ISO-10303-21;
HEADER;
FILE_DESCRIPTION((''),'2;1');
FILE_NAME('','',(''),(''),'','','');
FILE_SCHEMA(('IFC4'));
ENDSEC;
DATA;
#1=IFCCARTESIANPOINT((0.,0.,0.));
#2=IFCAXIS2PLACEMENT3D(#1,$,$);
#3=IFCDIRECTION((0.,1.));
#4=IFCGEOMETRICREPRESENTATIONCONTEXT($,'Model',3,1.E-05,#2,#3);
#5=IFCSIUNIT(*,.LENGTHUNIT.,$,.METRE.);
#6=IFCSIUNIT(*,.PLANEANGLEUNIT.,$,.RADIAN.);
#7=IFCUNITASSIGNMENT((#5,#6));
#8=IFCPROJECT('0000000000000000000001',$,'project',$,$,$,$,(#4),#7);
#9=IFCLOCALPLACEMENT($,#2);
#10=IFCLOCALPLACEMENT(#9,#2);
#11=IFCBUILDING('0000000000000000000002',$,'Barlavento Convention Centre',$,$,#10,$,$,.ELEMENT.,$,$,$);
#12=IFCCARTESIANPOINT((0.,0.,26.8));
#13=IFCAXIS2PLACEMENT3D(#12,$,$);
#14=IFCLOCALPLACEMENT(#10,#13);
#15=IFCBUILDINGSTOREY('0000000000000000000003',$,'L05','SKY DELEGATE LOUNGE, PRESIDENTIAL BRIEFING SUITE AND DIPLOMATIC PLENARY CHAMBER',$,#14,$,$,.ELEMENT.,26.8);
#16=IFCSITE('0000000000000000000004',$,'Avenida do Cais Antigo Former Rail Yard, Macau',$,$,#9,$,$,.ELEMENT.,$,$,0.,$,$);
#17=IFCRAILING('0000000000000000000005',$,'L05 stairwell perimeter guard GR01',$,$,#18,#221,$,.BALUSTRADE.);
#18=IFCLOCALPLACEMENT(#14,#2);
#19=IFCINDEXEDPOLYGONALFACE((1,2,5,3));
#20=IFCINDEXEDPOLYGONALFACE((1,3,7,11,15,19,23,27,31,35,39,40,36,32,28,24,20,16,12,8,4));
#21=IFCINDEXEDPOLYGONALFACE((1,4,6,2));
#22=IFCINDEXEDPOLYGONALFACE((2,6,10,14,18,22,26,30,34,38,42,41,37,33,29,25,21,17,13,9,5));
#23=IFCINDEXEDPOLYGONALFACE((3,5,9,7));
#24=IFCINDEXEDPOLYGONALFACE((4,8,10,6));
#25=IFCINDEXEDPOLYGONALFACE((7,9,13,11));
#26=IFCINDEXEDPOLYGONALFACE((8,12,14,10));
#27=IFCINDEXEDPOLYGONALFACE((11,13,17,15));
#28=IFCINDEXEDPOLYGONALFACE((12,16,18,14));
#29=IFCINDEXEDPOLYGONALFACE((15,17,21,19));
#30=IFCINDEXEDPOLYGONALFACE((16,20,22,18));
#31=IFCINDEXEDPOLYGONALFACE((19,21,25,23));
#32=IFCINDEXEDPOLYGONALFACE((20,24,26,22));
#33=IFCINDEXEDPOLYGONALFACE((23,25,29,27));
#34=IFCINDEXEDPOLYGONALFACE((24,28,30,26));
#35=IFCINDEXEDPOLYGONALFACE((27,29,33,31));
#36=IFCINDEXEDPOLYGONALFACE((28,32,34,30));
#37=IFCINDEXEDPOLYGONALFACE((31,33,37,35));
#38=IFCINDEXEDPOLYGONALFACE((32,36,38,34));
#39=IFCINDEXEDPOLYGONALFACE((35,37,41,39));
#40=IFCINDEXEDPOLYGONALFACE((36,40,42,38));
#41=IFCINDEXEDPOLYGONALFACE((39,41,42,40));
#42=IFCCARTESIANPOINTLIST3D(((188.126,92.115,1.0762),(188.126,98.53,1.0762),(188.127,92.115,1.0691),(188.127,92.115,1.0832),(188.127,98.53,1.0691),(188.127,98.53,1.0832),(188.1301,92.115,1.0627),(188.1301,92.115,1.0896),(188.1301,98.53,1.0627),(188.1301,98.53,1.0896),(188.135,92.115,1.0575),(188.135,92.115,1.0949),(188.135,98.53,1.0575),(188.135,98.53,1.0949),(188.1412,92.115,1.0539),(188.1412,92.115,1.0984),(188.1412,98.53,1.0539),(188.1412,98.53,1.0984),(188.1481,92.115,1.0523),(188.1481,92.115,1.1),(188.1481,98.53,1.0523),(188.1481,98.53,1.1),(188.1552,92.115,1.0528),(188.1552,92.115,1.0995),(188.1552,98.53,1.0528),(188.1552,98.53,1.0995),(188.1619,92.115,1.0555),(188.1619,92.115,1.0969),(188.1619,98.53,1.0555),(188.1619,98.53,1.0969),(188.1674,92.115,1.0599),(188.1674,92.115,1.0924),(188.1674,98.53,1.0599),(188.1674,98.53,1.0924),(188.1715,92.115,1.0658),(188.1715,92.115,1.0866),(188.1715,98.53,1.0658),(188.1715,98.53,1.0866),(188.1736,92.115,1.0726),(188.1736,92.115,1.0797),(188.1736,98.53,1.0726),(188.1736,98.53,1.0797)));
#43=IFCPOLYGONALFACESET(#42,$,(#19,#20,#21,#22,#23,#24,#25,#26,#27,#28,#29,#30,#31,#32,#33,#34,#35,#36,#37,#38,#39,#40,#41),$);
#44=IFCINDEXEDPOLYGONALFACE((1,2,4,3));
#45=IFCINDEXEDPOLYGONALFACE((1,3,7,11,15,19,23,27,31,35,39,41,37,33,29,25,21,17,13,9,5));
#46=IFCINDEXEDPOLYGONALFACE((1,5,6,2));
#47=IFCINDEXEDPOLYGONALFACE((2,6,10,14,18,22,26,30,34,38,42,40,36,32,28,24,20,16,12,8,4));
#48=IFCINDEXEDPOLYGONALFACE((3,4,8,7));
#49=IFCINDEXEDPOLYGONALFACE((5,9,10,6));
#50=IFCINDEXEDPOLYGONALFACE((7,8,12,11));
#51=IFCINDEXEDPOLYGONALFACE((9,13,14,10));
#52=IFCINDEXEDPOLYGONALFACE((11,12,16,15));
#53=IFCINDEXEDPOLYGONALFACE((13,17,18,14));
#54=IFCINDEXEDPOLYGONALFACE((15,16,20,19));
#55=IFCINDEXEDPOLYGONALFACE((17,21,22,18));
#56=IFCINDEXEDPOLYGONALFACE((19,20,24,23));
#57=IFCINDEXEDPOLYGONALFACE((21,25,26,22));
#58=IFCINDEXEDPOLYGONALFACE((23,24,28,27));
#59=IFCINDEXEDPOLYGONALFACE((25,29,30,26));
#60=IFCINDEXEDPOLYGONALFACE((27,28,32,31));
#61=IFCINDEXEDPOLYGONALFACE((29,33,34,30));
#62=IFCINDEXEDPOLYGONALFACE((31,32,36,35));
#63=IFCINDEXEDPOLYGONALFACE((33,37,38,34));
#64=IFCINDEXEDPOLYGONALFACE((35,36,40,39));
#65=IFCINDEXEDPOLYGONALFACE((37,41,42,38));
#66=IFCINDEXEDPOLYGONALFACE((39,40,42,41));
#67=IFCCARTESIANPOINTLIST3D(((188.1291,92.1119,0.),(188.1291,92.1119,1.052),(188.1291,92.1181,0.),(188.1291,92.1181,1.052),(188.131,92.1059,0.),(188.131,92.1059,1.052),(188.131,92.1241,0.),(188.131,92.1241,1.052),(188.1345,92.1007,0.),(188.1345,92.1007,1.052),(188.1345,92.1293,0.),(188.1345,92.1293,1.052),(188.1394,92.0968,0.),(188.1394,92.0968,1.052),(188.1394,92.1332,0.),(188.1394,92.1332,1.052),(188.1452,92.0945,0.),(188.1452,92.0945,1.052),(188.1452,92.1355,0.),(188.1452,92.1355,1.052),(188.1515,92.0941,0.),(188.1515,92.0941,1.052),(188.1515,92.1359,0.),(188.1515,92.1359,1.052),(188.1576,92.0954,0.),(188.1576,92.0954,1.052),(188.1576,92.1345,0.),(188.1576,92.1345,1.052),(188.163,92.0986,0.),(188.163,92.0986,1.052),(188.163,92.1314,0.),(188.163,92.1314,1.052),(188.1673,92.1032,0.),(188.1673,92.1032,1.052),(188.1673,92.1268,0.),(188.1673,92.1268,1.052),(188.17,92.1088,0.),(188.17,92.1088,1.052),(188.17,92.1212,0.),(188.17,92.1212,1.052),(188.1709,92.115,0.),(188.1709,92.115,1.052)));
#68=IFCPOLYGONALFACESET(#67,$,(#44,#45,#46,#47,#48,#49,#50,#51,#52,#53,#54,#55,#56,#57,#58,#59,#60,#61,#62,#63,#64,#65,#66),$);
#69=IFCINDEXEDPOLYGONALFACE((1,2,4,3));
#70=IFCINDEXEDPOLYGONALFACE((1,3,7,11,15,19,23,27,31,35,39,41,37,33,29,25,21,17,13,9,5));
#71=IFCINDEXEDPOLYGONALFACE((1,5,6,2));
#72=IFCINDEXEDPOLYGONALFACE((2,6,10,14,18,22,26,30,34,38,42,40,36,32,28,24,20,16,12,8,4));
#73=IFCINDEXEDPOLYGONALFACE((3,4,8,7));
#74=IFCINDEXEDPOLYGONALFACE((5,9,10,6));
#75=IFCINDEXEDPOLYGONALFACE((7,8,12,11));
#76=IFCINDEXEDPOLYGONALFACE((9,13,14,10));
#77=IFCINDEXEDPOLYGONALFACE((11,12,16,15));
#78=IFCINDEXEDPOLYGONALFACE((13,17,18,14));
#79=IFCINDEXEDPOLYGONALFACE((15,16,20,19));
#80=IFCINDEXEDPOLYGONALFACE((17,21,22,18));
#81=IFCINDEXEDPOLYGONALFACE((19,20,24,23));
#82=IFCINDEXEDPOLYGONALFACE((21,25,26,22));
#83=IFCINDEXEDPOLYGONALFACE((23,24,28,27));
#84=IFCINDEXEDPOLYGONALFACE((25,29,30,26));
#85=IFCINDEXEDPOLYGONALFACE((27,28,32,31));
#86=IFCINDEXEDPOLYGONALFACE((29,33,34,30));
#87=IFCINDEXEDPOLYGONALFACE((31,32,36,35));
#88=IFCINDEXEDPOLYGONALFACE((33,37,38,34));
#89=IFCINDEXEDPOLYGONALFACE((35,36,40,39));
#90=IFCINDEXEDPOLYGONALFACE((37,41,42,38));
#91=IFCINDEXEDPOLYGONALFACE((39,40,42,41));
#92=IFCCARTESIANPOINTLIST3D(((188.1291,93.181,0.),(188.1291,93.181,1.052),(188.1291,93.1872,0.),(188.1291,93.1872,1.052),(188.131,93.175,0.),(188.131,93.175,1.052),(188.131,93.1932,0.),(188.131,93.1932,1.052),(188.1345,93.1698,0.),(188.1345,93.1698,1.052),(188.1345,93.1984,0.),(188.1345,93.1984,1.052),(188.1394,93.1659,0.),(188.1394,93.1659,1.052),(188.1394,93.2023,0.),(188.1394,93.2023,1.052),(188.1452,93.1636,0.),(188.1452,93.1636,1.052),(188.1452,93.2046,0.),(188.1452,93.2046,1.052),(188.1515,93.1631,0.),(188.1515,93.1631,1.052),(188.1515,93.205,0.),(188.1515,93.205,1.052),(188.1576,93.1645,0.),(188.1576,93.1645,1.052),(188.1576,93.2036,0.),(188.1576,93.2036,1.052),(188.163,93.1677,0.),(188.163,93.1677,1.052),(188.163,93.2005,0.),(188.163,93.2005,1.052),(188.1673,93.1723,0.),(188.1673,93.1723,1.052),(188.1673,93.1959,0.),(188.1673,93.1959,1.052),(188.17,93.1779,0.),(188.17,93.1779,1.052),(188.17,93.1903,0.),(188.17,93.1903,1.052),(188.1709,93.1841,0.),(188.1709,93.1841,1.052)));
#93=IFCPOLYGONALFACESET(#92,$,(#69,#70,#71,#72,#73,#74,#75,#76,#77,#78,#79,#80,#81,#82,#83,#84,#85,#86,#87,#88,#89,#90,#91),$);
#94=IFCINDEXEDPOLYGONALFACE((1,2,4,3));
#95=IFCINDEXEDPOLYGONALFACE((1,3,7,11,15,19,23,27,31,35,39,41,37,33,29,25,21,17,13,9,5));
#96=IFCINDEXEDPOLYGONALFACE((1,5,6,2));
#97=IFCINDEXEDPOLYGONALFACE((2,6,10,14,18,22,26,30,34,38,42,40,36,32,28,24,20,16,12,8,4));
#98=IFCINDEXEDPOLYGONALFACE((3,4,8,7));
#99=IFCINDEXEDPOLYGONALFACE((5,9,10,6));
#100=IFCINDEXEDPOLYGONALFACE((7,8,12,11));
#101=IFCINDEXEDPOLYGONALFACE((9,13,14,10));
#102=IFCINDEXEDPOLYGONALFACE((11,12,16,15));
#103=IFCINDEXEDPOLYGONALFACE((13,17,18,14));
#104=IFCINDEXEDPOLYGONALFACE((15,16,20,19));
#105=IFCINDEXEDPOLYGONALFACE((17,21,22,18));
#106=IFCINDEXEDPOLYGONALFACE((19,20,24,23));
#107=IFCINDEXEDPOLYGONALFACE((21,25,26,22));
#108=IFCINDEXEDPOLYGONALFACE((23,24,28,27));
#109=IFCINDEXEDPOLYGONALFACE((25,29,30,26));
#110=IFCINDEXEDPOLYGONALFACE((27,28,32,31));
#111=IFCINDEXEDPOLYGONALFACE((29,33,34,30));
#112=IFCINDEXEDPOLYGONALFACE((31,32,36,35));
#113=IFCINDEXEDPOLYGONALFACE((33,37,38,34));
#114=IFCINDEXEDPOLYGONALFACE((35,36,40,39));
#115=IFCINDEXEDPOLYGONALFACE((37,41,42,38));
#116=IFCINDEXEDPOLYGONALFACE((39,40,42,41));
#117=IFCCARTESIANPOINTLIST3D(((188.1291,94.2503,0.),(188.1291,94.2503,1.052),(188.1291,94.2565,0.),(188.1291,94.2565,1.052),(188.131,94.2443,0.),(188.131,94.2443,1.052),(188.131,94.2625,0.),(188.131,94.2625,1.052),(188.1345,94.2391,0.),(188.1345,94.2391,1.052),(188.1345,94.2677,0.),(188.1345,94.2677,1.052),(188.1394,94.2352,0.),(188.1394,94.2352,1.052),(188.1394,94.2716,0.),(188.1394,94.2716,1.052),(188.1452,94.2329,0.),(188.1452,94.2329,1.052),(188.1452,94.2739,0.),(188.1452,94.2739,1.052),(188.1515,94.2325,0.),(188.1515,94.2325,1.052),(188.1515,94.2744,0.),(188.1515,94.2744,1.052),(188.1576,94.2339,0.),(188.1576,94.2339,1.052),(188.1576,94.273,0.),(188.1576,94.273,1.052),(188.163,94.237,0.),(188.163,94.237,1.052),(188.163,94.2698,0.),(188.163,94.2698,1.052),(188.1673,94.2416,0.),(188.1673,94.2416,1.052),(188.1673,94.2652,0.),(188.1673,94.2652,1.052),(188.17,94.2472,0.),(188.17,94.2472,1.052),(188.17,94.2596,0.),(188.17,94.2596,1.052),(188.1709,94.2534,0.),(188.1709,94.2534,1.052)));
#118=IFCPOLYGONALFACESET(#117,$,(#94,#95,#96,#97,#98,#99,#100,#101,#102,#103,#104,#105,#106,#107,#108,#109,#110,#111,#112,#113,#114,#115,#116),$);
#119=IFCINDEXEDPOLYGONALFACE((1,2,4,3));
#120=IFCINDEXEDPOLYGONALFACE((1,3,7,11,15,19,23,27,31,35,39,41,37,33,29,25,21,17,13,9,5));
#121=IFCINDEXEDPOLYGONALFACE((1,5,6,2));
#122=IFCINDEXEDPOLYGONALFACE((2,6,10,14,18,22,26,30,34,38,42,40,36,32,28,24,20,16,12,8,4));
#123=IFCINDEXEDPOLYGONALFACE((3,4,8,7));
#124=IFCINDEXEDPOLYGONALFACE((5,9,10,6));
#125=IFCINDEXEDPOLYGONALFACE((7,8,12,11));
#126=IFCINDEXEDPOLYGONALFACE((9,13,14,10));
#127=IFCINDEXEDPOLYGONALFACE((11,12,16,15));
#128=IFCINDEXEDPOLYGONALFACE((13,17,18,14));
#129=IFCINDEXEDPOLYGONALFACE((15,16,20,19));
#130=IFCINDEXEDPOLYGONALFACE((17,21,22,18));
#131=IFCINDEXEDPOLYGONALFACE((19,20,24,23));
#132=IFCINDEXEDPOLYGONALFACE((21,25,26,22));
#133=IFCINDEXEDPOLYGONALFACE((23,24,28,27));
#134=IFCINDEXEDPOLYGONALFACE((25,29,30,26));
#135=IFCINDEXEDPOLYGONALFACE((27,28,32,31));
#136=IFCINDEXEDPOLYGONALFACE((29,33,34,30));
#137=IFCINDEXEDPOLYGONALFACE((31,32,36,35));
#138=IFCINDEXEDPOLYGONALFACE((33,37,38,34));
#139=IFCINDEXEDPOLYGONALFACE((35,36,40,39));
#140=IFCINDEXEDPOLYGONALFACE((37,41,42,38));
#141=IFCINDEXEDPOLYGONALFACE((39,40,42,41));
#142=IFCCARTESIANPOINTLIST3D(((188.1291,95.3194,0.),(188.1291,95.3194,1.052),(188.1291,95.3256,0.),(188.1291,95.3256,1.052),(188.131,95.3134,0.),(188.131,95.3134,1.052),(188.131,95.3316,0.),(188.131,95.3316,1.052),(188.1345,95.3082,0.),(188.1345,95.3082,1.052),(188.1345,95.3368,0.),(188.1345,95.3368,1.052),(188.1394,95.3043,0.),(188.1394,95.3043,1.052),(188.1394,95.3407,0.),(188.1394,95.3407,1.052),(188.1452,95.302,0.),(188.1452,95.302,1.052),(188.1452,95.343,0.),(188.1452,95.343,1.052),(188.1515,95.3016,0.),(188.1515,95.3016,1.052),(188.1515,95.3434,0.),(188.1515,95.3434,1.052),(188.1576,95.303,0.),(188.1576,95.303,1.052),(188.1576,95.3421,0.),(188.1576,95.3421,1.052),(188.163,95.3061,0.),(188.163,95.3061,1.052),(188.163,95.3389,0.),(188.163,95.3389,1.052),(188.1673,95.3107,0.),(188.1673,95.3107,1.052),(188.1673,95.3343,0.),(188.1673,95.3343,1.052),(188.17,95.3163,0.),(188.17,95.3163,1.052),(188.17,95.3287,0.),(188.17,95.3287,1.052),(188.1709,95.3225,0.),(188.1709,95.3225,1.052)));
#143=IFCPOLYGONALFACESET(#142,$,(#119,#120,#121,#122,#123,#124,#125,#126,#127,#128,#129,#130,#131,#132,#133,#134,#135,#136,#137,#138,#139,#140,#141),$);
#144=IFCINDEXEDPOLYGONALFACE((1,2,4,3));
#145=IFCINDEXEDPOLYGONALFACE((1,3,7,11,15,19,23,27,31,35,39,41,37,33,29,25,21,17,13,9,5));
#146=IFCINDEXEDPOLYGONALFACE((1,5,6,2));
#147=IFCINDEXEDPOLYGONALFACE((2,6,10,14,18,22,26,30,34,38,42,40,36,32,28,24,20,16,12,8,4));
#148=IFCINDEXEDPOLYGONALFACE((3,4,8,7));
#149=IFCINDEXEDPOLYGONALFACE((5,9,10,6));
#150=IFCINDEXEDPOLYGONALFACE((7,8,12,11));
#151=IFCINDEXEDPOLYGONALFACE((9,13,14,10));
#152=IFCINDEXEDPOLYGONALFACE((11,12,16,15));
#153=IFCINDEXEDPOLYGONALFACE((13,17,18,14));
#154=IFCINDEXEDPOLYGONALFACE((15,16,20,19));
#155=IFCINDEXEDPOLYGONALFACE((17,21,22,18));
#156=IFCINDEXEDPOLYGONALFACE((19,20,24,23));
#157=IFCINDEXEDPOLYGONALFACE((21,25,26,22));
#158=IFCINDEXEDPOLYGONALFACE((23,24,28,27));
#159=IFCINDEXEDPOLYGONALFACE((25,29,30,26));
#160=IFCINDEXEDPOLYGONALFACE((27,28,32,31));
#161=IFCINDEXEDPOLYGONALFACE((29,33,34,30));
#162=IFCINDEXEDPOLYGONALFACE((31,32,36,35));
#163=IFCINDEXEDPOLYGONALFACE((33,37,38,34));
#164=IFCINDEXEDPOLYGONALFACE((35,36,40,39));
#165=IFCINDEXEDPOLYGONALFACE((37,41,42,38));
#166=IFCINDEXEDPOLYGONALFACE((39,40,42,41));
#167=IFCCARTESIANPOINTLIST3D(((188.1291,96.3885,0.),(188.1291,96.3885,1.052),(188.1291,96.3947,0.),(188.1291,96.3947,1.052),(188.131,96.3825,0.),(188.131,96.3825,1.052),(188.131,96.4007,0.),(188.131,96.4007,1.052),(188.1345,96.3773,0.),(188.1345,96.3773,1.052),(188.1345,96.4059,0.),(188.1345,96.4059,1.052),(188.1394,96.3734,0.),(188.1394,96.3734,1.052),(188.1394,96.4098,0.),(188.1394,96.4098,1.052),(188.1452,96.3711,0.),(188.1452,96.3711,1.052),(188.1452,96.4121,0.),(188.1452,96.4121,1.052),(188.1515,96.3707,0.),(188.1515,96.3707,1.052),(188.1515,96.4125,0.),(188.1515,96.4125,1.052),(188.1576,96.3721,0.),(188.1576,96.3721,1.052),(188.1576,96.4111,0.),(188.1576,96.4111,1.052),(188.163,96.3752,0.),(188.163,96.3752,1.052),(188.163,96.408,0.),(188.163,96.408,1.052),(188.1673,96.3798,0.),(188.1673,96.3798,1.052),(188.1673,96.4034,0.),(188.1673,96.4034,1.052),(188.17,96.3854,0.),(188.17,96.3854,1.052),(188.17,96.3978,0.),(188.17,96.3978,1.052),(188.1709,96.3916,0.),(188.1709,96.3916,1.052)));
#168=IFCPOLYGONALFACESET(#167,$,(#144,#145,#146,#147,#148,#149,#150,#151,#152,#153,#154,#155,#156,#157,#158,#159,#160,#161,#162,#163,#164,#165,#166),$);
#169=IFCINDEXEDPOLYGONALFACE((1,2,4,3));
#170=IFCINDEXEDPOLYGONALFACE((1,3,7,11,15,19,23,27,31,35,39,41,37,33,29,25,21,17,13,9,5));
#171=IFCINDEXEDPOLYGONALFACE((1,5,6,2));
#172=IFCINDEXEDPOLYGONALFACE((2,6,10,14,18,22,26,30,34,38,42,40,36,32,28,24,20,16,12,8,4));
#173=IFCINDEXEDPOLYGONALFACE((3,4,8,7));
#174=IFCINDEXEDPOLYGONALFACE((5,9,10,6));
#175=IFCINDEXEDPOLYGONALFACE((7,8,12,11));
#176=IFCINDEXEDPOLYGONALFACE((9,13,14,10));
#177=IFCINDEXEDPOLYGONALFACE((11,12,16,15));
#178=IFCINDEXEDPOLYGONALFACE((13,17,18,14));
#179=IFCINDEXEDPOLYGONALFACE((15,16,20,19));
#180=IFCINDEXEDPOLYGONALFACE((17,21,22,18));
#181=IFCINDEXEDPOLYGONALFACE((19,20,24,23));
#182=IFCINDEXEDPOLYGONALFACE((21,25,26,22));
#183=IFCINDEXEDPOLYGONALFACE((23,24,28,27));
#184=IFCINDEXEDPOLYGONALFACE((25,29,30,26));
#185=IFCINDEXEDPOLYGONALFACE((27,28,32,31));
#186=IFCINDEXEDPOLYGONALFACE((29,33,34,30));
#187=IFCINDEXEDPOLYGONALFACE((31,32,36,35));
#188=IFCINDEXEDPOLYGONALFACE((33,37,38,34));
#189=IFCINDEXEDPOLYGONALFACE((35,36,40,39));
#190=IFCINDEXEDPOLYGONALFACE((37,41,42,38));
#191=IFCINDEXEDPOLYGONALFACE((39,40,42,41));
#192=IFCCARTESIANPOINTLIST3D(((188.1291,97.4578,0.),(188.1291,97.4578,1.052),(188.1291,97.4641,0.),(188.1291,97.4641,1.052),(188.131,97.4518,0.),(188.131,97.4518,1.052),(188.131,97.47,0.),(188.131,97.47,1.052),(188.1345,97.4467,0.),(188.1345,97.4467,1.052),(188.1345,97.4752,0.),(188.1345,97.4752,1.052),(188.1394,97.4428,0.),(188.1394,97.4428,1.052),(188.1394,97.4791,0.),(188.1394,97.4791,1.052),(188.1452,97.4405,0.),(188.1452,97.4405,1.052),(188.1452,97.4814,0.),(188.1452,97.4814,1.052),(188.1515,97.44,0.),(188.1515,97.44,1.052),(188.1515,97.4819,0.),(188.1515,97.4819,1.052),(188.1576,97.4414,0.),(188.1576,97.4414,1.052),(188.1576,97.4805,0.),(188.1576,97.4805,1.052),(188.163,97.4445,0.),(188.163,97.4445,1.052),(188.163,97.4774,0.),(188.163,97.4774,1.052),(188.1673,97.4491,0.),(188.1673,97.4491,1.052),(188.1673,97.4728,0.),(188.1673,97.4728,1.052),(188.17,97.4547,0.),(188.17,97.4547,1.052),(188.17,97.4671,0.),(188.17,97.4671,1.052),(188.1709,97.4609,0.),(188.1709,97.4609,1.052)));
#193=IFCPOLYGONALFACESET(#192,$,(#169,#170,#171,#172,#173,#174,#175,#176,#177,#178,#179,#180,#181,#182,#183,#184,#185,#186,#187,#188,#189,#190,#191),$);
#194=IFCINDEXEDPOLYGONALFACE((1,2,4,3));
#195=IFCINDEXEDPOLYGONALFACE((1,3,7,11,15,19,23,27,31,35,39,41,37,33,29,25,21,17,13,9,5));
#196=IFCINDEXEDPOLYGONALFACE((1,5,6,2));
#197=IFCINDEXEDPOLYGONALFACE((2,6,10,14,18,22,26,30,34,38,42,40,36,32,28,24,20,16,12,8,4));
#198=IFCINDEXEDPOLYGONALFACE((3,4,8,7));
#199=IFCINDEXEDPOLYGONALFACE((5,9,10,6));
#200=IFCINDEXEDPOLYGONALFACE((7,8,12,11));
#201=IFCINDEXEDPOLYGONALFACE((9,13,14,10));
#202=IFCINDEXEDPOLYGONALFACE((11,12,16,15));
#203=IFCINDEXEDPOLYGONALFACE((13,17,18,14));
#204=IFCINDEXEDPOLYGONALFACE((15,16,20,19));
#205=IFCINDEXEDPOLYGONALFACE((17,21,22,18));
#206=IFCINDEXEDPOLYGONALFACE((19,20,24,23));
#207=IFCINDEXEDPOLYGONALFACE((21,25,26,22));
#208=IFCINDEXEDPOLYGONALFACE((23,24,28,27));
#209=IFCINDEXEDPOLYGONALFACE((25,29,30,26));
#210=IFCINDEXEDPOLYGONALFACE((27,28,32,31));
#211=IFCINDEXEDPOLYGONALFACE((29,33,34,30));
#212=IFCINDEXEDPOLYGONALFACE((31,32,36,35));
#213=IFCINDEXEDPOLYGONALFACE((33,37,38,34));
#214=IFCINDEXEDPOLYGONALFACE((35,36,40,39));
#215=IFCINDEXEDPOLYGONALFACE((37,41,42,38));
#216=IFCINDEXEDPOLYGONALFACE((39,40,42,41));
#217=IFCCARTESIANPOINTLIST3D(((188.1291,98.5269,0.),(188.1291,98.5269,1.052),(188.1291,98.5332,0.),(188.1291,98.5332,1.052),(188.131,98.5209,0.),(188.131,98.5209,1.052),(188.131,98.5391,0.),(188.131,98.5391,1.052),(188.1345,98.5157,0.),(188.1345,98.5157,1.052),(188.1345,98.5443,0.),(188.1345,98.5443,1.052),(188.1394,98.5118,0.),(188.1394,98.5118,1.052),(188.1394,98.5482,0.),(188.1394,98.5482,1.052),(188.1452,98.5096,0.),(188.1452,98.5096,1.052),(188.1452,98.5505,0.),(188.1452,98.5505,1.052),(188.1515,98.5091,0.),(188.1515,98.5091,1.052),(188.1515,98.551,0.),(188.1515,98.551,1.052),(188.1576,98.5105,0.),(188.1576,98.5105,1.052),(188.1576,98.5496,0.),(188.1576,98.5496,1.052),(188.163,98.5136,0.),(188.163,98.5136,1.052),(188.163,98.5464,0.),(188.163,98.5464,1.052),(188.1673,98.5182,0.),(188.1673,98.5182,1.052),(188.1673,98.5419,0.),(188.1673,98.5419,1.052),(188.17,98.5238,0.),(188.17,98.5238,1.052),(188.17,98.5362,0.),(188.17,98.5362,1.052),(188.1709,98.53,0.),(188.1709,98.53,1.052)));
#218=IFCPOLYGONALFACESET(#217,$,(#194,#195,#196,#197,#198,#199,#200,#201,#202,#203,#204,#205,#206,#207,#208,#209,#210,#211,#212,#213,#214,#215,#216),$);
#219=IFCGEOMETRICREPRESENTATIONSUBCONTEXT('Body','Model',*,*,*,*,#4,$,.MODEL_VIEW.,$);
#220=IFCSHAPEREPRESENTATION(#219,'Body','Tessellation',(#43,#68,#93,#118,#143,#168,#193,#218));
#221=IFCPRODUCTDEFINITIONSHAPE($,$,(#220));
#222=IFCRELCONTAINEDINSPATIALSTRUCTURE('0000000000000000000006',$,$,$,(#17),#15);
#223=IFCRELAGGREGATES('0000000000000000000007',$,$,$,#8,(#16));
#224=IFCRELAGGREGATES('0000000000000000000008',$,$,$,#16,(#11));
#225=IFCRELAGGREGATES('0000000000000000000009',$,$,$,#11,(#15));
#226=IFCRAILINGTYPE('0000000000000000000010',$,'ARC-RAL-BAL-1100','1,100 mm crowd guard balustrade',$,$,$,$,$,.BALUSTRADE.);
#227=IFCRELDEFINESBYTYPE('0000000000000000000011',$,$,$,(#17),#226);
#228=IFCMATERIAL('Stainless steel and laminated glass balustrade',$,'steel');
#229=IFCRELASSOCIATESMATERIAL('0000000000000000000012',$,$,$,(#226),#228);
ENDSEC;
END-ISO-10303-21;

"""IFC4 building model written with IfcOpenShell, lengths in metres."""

from ifc_helpers import new_model, si_unit, direction, frame, origin, origin_2d, place, context, subcontext, project, spatial, circle, extrude, material, type_object, element, save


model = new_model("IFC4")

# Units and contexts
model_context = context("Model", 3, precision=1e-05, world=origin(), true_north=direction((0.0, 1.0)))
body_context = subcontext(model_context, "Body", "Model", "MODEL_VIEW")
ifc_project = project(units=[si_unit("LENGTHUNIT", "METRE"), si_unit("PLANEANGLEUNIT", "RADIAN")], contexts=[model_context])

# Site, building, storey
site_placement = place(None, origin())
site = spatial("IfcSite", under=ifc_project, at=site_placement, Name="Avenida do Cais Antigo Former Rail Yard, Macau", CompositionType="ELEMENT", RefElevation=0.0)
building_placement = place(site_placement, origin())
building = spatial("IfcBuilding", under=site, at=building_placement, Name="Barlavento Convention Centre", CompositionType="ELEMENT")
storey_placement = place(building_placement, frame((0.0, 0.0, 26.8)))
storey = spatial("IfcBuildingStorey", under=building, at=storey_placement, Name="L05", Description="SKY DELEGATE LOUNGE, PRESIDENTIAL BRIEFING SUITE AND DIPLOMATIC PLENARY CHAMBER", CompositionType="ELEMENT", Elevation=26.8)

# Railing
ifc_material_1 = material(Name="Stainless steel and laminated glass balustrade", Category="steel")
railing_type = type_object("IfcRailingType", Name="ARC-RAL-BAL-1100", Description="1,100 mm crowd guard balustrade", PredefinedType="BALUSTRADE", material=ifc_material_1)
railing_1_placement = place(storey_placement, frame((188.1499, 92.115, 0.0)))
element("IfcRailing", 1, at=railing_1_placement, inside=storey, type_object=railing_type, Name="L05 stairwell perimeter guard GR01", PredefinedType="BALUSTRADE", context=body_context, shape_type="SweptSolid", body=[
    extrude(circle(Radius=0.0239, at=origin_2d()), frame((0.0, 0.0, 1.0762), z_axis=(0.0, 1.0, 0.0), x_axis=(-1.0, 0.0, 0.0)), (0.0, 0.0, 1.0), 6.415),
    extrude(circle(Radius=0.021, at=origin_2d()), origin(), (0.0, 0.0, 1.0), 1.052),
    extrude(circle(Radius=0.021, at=origin_2d()), frame((0.0, 1.0691, 0.0)), (0.0, 0.0, 1.0), 1.052),
    extrude(circle(Radius=0.021, at=origin_2d()), frame((0.0, 2.1384, 0.0)), (0.0, 0.0, 1.0), 1.052),
    extrude(circle(Radius=0.021, at=origin_2d()), frame((0.0, 3.2075, 0.0)), (0.0, 0.0, 1.0), 1.052),
    extrude(circle(Radius=0.021, at=origin_2d()), frame((0.0, 4.2766, 0.0)), (0.0, 0.0, 1.0), 1.052),
    extrude(circle(Radius=0.021, at=origin_2d()), frame((0.0, 5.3459, 0.0)), (0.0, 0.0, 1.0), 1.052),
    extrude(circle(Radius=0.021, at=origin_2d()), frame((0.0, 6.415, 0.0)), (0.0, 0.0, 1.0), 1.052),
])

save(model, "model.ifc")
